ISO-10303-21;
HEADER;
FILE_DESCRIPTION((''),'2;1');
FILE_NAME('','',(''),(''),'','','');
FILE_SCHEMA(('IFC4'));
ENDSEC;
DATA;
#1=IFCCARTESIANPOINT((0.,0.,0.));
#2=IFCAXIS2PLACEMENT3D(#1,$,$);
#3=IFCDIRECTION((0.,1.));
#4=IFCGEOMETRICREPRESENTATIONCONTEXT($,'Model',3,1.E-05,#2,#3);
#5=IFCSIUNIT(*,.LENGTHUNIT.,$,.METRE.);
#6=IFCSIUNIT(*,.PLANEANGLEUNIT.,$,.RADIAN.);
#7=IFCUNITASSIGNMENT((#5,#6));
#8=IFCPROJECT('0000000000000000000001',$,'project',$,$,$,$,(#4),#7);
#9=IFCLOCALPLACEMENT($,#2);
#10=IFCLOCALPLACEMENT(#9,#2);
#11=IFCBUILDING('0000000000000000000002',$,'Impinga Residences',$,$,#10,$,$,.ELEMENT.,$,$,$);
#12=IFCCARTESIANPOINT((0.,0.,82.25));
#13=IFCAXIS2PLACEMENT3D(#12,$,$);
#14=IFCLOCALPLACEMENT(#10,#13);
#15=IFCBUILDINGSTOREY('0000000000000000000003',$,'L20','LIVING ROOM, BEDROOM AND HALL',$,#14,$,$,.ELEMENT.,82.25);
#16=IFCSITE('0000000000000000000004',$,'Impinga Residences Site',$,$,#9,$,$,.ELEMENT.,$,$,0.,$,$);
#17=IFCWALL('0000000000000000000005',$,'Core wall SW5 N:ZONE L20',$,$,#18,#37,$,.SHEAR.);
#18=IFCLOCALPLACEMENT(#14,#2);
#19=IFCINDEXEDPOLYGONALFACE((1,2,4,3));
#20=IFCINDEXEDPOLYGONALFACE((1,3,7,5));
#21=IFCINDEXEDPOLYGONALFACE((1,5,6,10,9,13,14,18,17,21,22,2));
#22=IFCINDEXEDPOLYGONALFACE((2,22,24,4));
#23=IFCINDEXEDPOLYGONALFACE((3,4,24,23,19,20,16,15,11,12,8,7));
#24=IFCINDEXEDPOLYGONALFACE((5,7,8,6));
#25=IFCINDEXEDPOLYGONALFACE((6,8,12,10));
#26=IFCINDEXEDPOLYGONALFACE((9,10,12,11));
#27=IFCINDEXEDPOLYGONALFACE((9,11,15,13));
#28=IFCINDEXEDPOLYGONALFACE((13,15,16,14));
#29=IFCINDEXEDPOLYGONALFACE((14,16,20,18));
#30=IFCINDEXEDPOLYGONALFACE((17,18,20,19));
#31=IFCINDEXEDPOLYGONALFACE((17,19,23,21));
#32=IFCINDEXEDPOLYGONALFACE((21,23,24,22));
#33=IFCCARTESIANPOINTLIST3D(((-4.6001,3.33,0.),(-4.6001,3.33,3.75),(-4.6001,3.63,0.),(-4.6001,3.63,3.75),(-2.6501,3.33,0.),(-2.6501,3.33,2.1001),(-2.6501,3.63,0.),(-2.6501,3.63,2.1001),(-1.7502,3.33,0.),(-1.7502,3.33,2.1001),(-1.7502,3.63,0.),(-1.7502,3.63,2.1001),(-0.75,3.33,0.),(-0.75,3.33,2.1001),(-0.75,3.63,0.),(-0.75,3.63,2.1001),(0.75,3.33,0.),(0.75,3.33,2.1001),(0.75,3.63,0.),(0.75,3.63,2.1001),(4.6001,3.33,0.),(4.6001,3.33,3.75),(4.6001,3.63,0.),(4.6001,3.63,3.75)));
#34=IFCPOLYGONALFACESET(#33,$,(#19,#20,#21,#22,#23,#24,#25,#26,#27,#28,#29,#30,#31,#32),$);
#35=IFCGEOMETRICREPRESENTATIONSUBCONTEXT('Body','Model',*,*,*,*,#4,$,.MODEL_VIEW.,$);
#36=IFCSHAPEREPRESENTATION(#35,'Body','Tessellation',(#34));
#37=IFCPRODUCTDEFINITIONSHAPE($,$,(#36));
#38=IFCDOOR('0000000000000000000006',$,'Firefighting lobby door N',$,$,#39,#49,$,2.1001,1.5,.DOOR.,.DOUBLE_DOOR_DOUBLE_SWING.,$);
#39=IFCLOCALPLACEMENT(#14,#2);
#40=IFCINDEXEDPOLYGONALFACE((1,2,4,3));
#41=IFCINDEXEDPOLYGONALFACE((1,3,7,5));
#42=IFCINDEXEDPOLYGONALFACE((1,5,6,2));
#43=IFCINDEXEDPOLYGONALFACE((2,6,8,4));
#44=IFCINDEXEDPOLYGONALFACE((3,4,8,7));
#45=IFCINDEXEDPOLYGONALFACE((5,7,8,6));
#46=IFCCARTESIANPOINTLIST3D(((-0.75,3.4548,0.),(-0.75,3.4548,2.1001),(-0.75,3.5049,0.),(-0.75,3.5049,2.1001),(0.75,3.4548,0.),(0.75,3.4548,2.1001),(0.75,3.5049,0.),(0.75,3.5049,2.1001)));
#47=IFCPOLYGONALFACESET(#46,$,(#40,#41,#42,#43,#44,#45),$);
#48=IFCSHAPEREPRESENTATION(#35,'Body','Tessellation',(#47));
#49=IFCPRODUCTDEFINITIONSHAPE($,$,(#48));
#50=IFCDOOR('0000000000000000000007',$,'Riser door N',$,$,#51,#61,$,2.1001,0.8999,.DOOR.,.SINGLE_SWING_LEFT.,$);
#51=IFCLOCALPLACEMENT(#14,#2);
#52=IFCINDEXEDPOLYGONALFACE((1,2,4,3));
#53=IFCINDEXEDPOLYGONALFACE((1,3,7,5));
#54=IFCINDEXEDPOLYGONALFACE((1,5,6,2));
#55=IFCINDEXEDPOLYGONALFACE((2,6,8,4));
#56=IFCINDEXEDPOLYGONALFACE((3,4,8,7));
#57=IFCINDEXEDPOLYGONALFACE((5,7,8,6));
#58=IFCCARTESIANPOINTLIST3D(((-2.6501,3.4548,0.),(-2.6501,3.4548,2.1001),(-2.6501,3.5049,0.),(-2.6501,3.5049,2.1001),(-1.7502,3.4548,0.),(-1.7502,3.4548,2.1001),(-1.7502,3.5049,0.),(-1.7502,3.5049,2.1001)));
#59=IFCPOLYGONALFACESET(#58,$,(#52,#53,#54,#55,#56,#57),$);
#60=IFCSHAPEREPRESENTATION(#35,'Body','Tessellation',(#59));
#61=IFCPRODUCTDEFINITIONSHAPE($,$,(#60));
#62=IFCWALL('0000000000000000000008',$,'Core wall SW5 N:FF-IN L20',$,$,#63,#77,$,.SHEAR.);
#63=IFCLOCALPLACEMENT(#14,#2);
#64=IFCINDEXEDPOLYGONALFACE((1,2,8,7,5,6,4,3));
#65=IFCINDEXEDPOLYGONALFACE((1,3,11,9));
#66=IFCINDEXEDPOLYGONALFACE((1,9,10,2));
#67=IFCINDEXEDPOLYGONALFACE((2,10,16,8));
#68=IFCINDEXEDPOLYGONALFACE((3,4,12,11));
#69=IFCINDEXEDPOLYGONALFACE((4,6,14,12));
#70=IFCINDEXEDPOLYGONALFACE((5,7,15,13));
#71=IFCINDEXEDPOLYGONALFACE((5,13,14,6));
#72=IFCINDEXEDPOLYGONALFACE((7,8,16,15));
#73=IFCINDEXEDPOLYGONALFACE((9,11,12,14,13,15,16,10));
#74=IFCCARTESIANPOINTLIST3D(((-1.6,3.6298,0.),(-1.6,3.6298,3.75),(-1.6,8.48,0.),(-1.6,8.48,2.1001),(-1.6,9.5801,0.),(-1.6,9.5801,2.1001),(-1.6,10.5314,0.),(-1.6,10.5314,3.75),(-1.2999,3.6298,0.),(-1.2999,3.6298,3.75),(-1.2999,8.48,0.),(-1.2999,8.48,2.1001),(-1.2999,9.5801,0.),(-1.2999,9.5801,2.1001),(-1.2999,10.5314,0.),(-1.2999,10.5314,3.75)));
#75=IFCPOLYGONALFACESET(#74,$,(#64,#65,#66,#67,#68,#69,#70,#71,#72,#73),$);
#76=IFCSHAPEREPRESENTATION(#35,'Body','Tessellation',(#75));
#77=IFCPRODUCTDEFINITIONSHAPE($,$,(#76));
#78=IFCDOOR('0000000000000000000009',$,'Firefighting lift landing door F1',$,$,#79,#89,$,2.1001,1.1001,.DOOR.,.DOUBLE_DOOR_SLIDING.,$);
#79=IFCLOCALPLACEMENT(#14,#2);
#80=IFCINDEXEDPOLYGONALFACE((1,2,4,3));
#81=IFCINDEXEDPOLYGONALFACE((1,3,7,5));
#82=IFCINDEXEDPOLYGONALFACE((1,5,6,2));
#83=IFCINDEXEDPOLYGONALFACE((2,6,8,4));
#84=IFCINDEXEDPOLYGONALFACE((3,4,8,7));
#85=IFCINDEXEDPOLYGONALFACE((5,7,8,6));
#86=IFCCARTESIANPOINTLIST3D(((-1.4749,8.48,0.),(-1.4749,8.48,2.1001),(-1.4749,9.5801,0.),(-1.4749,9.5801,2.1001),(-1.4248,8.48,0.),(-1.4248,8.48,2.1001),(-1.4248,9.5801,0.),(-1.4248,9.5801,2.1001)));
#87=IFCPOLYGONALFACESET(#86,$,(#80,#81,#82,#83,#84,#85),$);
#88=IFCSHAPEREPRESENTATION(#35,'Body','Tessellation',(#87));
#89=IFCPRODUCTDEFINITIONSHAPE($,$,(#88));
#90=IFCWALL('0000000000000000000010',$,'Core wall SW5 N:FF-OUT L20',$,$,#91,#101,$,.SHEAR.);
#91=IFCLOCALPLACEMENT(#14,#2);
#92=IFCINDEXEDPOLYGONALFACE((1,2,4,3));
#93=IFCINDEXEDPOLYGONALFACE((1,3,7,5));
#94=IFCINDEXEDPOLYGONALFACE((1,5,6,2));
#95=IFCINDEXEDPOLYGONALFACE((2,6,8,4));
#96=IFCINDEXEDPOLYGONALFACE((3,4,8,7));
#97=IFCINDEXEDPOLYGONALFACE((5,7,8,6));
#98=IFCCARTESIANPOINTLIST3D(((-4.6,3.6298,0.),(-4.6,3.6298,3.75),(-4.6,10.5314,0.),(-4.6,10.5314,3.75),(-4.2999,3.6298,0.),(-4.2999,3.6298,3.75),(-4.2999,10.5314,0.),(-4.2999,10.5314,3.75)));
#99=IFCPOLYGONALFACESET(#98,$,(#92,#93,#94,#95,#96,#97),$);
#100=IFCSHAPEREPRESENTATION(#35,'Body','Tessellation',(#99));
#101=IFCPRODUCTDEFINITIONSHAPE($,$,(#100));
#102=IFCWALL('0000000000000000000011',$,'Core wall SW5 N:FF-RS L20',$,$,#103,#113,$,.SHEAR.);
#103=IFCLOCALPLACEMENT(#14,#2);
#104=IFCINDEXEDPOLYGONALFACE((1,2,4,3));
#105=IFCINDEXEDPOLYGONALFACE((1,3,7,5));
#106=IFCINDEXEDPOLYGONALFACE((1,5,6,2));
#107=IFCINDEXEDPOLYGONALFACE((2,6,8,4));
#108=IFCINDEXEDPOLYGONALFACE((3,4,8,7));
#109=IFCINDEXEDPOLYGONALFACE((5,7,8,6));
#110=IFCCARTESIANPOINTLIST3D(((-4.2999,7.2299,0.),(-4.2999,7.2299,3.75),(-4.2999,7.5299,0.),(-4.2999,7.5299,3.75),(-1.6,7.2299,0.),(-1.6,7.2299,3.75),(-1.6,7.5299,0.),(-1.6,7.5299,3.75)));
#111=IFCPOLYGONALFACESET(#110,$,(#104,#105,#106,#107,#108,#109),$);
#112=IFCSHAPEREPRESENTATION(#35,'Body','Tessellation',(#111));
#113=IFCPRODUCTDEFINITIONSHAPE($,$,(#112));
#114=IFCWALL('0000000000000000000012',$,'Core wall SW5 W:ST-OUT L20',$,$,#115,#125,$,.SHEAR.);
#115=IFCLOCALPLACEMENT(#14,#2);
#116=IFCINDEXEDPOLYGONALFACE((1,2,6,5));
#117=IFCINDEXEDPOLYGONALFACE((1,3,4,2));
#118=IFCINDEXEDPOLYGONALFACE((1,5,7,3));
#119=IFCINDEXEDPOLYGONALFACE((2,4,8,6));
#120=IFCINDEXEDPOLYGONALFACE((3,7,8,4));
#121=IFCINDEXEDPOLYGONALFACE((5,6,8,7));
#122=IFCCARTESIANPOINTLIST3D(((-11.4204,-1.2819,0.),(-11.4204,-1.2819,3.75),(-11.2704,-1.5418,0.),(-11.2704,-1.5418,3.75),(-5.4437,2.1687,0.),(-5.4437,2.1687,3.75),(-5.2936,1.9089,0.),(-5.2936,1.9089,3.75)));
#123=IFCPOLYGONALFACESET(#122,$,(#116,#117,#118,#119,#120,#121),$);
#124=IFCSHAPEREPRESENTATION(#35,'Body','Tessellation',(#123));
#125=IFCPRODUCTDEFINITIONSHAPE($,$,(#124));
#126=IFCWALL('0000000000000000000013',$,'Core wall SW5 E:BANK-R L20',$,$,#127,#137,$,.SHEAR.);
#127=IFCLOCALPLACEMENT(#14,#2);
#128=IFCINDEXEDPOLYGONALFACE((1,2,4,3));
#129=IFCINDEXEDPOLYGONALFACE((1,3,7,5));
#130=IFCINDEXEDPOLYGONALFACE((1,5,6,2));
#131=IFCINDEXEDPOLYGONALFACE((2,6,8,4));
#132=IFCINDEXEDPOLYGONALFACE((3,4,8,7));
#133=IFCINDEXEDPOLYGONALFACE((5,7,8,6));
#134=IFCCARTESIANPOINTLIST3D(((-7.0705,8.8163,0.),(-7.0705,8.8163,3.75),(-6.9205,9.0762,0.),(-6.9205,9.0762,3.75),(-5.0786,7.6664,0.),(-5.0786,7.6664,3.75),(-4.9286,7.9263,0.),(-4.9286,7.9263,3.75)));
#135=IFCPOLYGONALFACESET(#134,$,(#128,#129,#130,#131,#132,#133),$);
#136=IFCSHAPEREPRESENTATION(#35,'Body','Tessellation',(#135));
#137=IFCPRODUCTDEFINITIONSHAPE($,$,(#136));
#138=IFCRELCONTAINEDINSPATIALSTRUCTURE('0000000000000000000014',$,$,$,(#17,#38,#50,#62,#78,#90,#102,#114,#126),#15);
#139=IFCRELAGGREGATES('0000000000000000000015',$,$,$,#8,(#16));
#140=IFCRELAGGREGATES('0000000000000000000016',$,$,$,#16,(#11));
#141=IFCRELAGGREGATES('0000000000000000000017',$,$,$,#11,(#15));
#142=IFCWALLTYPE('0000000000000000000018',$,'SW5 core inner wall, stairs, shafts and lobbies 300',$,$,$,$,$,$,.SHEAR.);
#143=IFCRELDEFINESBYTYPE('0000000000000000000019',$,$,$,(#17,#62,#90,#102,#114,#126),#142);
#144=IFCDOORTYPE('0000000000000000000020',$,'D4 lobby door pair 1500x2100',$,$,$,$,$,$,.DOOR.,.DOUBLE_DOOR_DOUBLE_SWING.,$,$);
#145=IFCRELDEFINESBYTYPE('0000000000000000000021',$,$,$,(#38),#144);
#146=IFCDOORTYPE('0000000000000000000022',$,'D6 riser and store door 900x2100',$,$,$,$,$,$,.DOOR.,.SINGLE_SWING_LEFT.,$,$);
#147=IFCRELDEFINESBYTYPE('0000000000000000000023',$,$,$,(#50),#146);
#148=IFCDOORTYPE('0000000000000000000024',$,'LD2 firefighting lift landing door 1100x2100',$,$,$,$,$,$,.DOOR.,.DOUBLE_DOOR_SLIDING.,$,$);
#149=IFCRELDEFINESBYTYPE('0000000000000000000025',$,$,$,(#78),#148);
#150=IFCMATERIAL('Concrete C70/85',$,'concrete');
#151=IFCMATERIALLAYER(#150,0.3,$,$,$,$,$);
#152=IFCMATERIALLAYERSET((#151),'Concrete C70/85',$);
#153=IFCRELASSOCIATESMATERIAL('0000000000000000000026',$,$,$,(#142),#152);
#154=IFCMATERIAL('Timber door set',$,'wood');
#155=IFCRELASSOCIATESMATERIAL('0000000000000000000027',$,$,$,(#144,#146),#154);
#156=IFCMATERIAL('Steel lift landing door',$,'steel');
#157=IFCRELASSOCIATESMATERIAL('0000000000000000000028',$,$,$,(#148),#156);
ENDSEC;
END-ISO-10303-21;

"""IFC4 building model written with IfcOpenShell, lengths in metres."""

from ifc_helpers import new_model, si_unit, direction, frame, frame_2d, origin, place, context, subcontext, project, spatial, rectangle, extrude, material, layer, layer_set, type_object, element, fill, save


model = new_model("IFC4")

# Units and contexts
model_context = context("Model", 3, precision=1e-05, world=origin(), true_north=direction((0.0, 1.0)))
body_context = subcontext(model_context, "Body", "Model", "MODEL_VIEW")
ifc_project = project(units=[si_unit("LENGTHUNIT", "METRE"), si_unit("PLANEANGLEUNIT", "RADIAN")], contexts=[model_context])

# Site, building, storey
site_placement = place(None, origin())
site = spatial("IfcSite", under=ifc_project, at=site_placement, Name="Impinga Residences Site", CompositionType="ELEMENT", RefElevation=0.0)
building_placement = place(site_placement, origin())
building = spatial("IfcBuilding", under=site, at=building_placement, Name="Impinga Residences", CompositionType="ELEMENT")
storey_placement = place(building_placement, frame((0.0, 0.0, 82.25)))
storey = spatial("IfcBuildingStorey", under=building, at=storey_placement, Name="L20", Description="LIVING ROOM, BEDROOM AND HALL", CompositionType="ELEMENT", Elevation=82.25)

# Wall, openings, doors
ifc_material_1 = material(Name="Concrete C70/85", Category="concrete")
ifc_material_2 = material(Name="Timber door set", Category="wood")
ifc_layer_1 = layer(ifc_material_1, 0.3)
ifc_layer_set_1 = layer_set([ifc_layer_1], Name="Concrete C70/85")
wall_type_1 = type_object("IfcWallType", Name="SW5 core inner wall, stairs, shafts and lobbies 300", PredefinedType="SHEAR", material=ifc_layer_set_1)
wall_1_placement = place(storey_placement, frame((-4.6001, 3.48, 0.0), z_axis=(0.0, 0.0, 1.0), x_axis=(1.0, 0.0, 0.0)))
wall_1 = element("IfcWall", 1, at=wall_1_placement, inside=storey, type_object=wall_type_1, Name="Core wall SW5 N:ZONE L20", PredefinedType="SHEAR", context=body_context, shape_type="SweptSolid", body=[
    extrude(rectangle(XDim=9.2002, YDim=0.3, at=frame_2d((4.6001, 0.0))), origin(), (0.0, 0.0, 1.0), 3.75),
])
opening_1_placement = place(wall_1_placement, frame((3.8501, 0.0, 0.0)))
opening_1 = element("IfcOpeningElement", 2, at=opening_1_placement, cuts=wall_1, PredefinedType="OPENING", context=body_context, shape_type="SweptSolid", body=[
    extrude(rectangle(XDim=1.5, YDim=2.1001, at=frame_2d((0.75, 1.05))), frame((0.0, 0.1599, 0.0), z_axis=(0.0, -1.0, 0.0), x_axis=(1.0, 0.0, 0.0)), (0.0, 0.0, 1.0), 0.3201),
])
opening_2_placement = place(wall_1_placement, frame((1.95, 0.0, 0.0)))
opening_2 = element("IfcOpeningElement", 3, at=opening_2_placement, cuts=wall_1, PredefinedType="OPENING", context=body_context, shape_type="SweptSolid", body=[
    extrude(rectangle(XDim=0.8999, YDim=2.1001, at=frame_2d((0.45, 1.05))), frame((0.0, 0.1599, 0.0), z_axis=(0.0, -1.0, 0.0), x_axis=(1.0, 0.0, 0.0)), (0.0, 0.0, 1.0), 0.3201),
])
door_type_1 = type_object("IfcDoorType", Name="D4 lobby door pair 1500x2100", OperationType="DOUBLE_DOOR_DOUBLE_SWING", PredefinedType="DOOR", material=ifc_material_2)
door_1_placement = place(opening_1_placement, origin())
door_1 = element("IfcDoor", 4, at=door_1_placement, inside=storey, type_object=door_type_1, Name="Firefighting lobby door N", OperationType="DOUBLE_DOOR_DOUBLE_SWING", OverallHeight=2.1001, OverallWidth=1.5, PredefinedType="DOOR", context=body_context, shape_type="SweptSolid", body=[
    extrude(rectangle(XDim=1.5, YDim=2.1001, at=frame_2d((0.75, 1.05))), frame((0.0, 0.0249, 0.0), z_axis=(0.0, -1.0, 0.0), x_axis=(1.0, 0.0, 0.0)), (0.0, 0.0, 1.0), 0.05),
])
fill(opening_1, door_1)
door_type_2 = type_object("IfcDoorType", Name="D6 riser and store door 900x2100", OperationType="SINGLE_SWING_LEFT", PredefinedType="DOOR", material=ifc_material_2)
door_2_placement = place(opening_2_placement, origin())
door_2 = element("IfcDoor", 5, at=door_2_placement, inside=storey, type_object=door_type_2, Name="Riser door N", OperationType="SINGLE_SWING_LEFT", OverallHeight=2.1001, OverallWidth=0.8999, PredefinedType="DOOR", context=body_context, shape_type="SweptSolid", body=[
    extrude(rectangle(XDim=0.8999, YDim=2.1001, at=frame_2d((0.45, 1.05))), frame((0.0, 0.0249, 0.0), z_axis=(0.0, -1.0, 0.0), x_axis=(1.0, 0.0, 0.0)), (0.0, 0.0, 1.0), 0.05),
])
fill(opening_2, door_2)

# Wall, opening, door
wall_2_placement = place(storey_placement, frame((-1.45, 3.6299, 0.0), z_axis=(0.0, 0.0, 1.0), x_axis=(0.0, 1.0, 0.0)))
wall_2 = element("IfcWall", 6, at=wall_2_placement, inside=storey, type_object=wall_type_1, Name="Core wall SW5 N:FF-IN L20", PredefinedType="SHEAR", context=body_context, shape_type="SweptSolid", body=[
    extrude(rectangle(XDim=6.9016, YDim=0.3, at=frame_2d((3.4507, 0.0))), origin(), (0.0, 0.0, 1.0), 3.75),
])
opening_3_placement = place(wall_2_placement, frame((4.8501, 0.0, 0.0)))
opening_3 = element("IfcOpeningElement", 7, at=opening_3_placement, cuts=wall_2, PredefinedType="OPENING", context=body_context, shape_type="SweptSolid", body=[
    extrude(rectangle(XDim=1.1001, YDim=2.1001, at=frame_2d((0.55, 1.05))), frame((0.0, 0.1599, 0.0), z_axis=(0.0, -1.0, 0.0), x_axis=(1.0, 0.0, 0.0)), (0.0, 0.0, 1.0), 0.3201),
])
ifc_material_3 = material(Name="Steel lift landing door", Category="steel")
door_type_3 = type_object("IfcDoorType", Name="LD2 firefighting lift landing door 1100x2100", OperationType="DOUBLE_DOOR_SLIDING", PredefinedType="DOOR", material=ifc_material_3)
door_3_placement = place(opening_3_placement, origin())
door_3 = element("IfcDoor", 8, at=door_3_placement, inside=storey, type_object=door_type_3, Name="Firefighting lift landing door F1", OperationType="DOUBLE_DOOR_SLIDING", OverallHeight=2.1001, OverallWidth=1.1001, PredefinedType="DOOR", context=body_context, shape_type="SweptSolid", body=[
    extrude(rectangle(XDim=1.1001, YDim=2.1001, at=frame_2d((0.55, 1.05))), frame((0.0, 0.0249, 0.0), z_axis=(0.0, -1.0, 0.0), x_axis=(1.0, 0.0, 0.0)), (0.0, 0.0, 1.0), 0.05),
])
fill(opening_3, door_3)

# Walls
wall_3_placement = place(storey_placement, frame((-4.45, 3.6299, 0.0), z_axis=(0.0, 0.0, 1.0), x_axis=(0.0, 1.0, 0.0)))
element("IfcWall", 9, at=wall_3_placement, inside=storey, type_object=wall_type_1, Name="Core wall SW5 N:FF-OUT L20", PredefinedType="SHEAR", context=body_context, shape_type="SweptSolid", body=[
    extrude(rectangle(XDim=6.9016, YDim=0.3, at=frame_2d((3.4507, 0.0))), origin(), (0.0, 0.0, 1.0), 3.75),
])
wall_4_placement = place(storey_placement, frame((-4.3, 7.3799, 0.0), z_axis=(0.0, 0.0, 1.0), x_axis=(1.0, 0.0, 0.0)))
element("IfcWall", 10, at=wall_4_placement, inside=storey, type_object=wall_type_1, Name="Core wall SW5 N:FF-RS L20", PredefinedType="SHEAR", context=body_context, shape_type="SweptSolid", body=[
    extrude(rectangle(XDim=2.7, YDim=0.3, at=frame_2d((1.3501, 0.0))), origin(), (0.0, 0.0, 1.0), 3.75),
])
wall_5_placement = place(storey_placement, frame((-5.3687, 2.0388, 0.0), z_axis=(0.0, 0.0, 1.0), x_axis=(-0.866027, -0.499997, 0.0)))
element("IfcWall", 11, at=wall_5_placement, inside=storey, type_object=wall_type_1, Name="Core wall SW5 W:ST-OUT L20", PredefinedType="SHEAR", context=body_context, shape_type="SweptSolid", body=[
    extrude(rectangle(XDim=6.9014, YDim=0.3, at=frame_2d((3.4507, 0.0))), origin(), (0.0, 0.0, 1.0), 3.75),
])
wall_6_placement = place(storey_placement, frame((-5.0037, 7.7964, 0.0), z_axis=(0.0, 0.0, 1.0), x_axis=(-0.866053, 0.499952, 0.0)))
element("IfcWall", 12, at=wall_6_placement, inside=storey, type_object=wall_type_1, Name="Core wall SW5 E:BANK-R L20", PredefinedType="SHEAR", context=body_context, shape_type="SweptSolid", body=[
    extrude(rectangle(XDim=2.3, YDim=0.3, at=frame_2d((1.1499, 0.0))), origin(), (0.0, 0.0, 1.0), 3.75),
])

save(model, "model.ifc")
